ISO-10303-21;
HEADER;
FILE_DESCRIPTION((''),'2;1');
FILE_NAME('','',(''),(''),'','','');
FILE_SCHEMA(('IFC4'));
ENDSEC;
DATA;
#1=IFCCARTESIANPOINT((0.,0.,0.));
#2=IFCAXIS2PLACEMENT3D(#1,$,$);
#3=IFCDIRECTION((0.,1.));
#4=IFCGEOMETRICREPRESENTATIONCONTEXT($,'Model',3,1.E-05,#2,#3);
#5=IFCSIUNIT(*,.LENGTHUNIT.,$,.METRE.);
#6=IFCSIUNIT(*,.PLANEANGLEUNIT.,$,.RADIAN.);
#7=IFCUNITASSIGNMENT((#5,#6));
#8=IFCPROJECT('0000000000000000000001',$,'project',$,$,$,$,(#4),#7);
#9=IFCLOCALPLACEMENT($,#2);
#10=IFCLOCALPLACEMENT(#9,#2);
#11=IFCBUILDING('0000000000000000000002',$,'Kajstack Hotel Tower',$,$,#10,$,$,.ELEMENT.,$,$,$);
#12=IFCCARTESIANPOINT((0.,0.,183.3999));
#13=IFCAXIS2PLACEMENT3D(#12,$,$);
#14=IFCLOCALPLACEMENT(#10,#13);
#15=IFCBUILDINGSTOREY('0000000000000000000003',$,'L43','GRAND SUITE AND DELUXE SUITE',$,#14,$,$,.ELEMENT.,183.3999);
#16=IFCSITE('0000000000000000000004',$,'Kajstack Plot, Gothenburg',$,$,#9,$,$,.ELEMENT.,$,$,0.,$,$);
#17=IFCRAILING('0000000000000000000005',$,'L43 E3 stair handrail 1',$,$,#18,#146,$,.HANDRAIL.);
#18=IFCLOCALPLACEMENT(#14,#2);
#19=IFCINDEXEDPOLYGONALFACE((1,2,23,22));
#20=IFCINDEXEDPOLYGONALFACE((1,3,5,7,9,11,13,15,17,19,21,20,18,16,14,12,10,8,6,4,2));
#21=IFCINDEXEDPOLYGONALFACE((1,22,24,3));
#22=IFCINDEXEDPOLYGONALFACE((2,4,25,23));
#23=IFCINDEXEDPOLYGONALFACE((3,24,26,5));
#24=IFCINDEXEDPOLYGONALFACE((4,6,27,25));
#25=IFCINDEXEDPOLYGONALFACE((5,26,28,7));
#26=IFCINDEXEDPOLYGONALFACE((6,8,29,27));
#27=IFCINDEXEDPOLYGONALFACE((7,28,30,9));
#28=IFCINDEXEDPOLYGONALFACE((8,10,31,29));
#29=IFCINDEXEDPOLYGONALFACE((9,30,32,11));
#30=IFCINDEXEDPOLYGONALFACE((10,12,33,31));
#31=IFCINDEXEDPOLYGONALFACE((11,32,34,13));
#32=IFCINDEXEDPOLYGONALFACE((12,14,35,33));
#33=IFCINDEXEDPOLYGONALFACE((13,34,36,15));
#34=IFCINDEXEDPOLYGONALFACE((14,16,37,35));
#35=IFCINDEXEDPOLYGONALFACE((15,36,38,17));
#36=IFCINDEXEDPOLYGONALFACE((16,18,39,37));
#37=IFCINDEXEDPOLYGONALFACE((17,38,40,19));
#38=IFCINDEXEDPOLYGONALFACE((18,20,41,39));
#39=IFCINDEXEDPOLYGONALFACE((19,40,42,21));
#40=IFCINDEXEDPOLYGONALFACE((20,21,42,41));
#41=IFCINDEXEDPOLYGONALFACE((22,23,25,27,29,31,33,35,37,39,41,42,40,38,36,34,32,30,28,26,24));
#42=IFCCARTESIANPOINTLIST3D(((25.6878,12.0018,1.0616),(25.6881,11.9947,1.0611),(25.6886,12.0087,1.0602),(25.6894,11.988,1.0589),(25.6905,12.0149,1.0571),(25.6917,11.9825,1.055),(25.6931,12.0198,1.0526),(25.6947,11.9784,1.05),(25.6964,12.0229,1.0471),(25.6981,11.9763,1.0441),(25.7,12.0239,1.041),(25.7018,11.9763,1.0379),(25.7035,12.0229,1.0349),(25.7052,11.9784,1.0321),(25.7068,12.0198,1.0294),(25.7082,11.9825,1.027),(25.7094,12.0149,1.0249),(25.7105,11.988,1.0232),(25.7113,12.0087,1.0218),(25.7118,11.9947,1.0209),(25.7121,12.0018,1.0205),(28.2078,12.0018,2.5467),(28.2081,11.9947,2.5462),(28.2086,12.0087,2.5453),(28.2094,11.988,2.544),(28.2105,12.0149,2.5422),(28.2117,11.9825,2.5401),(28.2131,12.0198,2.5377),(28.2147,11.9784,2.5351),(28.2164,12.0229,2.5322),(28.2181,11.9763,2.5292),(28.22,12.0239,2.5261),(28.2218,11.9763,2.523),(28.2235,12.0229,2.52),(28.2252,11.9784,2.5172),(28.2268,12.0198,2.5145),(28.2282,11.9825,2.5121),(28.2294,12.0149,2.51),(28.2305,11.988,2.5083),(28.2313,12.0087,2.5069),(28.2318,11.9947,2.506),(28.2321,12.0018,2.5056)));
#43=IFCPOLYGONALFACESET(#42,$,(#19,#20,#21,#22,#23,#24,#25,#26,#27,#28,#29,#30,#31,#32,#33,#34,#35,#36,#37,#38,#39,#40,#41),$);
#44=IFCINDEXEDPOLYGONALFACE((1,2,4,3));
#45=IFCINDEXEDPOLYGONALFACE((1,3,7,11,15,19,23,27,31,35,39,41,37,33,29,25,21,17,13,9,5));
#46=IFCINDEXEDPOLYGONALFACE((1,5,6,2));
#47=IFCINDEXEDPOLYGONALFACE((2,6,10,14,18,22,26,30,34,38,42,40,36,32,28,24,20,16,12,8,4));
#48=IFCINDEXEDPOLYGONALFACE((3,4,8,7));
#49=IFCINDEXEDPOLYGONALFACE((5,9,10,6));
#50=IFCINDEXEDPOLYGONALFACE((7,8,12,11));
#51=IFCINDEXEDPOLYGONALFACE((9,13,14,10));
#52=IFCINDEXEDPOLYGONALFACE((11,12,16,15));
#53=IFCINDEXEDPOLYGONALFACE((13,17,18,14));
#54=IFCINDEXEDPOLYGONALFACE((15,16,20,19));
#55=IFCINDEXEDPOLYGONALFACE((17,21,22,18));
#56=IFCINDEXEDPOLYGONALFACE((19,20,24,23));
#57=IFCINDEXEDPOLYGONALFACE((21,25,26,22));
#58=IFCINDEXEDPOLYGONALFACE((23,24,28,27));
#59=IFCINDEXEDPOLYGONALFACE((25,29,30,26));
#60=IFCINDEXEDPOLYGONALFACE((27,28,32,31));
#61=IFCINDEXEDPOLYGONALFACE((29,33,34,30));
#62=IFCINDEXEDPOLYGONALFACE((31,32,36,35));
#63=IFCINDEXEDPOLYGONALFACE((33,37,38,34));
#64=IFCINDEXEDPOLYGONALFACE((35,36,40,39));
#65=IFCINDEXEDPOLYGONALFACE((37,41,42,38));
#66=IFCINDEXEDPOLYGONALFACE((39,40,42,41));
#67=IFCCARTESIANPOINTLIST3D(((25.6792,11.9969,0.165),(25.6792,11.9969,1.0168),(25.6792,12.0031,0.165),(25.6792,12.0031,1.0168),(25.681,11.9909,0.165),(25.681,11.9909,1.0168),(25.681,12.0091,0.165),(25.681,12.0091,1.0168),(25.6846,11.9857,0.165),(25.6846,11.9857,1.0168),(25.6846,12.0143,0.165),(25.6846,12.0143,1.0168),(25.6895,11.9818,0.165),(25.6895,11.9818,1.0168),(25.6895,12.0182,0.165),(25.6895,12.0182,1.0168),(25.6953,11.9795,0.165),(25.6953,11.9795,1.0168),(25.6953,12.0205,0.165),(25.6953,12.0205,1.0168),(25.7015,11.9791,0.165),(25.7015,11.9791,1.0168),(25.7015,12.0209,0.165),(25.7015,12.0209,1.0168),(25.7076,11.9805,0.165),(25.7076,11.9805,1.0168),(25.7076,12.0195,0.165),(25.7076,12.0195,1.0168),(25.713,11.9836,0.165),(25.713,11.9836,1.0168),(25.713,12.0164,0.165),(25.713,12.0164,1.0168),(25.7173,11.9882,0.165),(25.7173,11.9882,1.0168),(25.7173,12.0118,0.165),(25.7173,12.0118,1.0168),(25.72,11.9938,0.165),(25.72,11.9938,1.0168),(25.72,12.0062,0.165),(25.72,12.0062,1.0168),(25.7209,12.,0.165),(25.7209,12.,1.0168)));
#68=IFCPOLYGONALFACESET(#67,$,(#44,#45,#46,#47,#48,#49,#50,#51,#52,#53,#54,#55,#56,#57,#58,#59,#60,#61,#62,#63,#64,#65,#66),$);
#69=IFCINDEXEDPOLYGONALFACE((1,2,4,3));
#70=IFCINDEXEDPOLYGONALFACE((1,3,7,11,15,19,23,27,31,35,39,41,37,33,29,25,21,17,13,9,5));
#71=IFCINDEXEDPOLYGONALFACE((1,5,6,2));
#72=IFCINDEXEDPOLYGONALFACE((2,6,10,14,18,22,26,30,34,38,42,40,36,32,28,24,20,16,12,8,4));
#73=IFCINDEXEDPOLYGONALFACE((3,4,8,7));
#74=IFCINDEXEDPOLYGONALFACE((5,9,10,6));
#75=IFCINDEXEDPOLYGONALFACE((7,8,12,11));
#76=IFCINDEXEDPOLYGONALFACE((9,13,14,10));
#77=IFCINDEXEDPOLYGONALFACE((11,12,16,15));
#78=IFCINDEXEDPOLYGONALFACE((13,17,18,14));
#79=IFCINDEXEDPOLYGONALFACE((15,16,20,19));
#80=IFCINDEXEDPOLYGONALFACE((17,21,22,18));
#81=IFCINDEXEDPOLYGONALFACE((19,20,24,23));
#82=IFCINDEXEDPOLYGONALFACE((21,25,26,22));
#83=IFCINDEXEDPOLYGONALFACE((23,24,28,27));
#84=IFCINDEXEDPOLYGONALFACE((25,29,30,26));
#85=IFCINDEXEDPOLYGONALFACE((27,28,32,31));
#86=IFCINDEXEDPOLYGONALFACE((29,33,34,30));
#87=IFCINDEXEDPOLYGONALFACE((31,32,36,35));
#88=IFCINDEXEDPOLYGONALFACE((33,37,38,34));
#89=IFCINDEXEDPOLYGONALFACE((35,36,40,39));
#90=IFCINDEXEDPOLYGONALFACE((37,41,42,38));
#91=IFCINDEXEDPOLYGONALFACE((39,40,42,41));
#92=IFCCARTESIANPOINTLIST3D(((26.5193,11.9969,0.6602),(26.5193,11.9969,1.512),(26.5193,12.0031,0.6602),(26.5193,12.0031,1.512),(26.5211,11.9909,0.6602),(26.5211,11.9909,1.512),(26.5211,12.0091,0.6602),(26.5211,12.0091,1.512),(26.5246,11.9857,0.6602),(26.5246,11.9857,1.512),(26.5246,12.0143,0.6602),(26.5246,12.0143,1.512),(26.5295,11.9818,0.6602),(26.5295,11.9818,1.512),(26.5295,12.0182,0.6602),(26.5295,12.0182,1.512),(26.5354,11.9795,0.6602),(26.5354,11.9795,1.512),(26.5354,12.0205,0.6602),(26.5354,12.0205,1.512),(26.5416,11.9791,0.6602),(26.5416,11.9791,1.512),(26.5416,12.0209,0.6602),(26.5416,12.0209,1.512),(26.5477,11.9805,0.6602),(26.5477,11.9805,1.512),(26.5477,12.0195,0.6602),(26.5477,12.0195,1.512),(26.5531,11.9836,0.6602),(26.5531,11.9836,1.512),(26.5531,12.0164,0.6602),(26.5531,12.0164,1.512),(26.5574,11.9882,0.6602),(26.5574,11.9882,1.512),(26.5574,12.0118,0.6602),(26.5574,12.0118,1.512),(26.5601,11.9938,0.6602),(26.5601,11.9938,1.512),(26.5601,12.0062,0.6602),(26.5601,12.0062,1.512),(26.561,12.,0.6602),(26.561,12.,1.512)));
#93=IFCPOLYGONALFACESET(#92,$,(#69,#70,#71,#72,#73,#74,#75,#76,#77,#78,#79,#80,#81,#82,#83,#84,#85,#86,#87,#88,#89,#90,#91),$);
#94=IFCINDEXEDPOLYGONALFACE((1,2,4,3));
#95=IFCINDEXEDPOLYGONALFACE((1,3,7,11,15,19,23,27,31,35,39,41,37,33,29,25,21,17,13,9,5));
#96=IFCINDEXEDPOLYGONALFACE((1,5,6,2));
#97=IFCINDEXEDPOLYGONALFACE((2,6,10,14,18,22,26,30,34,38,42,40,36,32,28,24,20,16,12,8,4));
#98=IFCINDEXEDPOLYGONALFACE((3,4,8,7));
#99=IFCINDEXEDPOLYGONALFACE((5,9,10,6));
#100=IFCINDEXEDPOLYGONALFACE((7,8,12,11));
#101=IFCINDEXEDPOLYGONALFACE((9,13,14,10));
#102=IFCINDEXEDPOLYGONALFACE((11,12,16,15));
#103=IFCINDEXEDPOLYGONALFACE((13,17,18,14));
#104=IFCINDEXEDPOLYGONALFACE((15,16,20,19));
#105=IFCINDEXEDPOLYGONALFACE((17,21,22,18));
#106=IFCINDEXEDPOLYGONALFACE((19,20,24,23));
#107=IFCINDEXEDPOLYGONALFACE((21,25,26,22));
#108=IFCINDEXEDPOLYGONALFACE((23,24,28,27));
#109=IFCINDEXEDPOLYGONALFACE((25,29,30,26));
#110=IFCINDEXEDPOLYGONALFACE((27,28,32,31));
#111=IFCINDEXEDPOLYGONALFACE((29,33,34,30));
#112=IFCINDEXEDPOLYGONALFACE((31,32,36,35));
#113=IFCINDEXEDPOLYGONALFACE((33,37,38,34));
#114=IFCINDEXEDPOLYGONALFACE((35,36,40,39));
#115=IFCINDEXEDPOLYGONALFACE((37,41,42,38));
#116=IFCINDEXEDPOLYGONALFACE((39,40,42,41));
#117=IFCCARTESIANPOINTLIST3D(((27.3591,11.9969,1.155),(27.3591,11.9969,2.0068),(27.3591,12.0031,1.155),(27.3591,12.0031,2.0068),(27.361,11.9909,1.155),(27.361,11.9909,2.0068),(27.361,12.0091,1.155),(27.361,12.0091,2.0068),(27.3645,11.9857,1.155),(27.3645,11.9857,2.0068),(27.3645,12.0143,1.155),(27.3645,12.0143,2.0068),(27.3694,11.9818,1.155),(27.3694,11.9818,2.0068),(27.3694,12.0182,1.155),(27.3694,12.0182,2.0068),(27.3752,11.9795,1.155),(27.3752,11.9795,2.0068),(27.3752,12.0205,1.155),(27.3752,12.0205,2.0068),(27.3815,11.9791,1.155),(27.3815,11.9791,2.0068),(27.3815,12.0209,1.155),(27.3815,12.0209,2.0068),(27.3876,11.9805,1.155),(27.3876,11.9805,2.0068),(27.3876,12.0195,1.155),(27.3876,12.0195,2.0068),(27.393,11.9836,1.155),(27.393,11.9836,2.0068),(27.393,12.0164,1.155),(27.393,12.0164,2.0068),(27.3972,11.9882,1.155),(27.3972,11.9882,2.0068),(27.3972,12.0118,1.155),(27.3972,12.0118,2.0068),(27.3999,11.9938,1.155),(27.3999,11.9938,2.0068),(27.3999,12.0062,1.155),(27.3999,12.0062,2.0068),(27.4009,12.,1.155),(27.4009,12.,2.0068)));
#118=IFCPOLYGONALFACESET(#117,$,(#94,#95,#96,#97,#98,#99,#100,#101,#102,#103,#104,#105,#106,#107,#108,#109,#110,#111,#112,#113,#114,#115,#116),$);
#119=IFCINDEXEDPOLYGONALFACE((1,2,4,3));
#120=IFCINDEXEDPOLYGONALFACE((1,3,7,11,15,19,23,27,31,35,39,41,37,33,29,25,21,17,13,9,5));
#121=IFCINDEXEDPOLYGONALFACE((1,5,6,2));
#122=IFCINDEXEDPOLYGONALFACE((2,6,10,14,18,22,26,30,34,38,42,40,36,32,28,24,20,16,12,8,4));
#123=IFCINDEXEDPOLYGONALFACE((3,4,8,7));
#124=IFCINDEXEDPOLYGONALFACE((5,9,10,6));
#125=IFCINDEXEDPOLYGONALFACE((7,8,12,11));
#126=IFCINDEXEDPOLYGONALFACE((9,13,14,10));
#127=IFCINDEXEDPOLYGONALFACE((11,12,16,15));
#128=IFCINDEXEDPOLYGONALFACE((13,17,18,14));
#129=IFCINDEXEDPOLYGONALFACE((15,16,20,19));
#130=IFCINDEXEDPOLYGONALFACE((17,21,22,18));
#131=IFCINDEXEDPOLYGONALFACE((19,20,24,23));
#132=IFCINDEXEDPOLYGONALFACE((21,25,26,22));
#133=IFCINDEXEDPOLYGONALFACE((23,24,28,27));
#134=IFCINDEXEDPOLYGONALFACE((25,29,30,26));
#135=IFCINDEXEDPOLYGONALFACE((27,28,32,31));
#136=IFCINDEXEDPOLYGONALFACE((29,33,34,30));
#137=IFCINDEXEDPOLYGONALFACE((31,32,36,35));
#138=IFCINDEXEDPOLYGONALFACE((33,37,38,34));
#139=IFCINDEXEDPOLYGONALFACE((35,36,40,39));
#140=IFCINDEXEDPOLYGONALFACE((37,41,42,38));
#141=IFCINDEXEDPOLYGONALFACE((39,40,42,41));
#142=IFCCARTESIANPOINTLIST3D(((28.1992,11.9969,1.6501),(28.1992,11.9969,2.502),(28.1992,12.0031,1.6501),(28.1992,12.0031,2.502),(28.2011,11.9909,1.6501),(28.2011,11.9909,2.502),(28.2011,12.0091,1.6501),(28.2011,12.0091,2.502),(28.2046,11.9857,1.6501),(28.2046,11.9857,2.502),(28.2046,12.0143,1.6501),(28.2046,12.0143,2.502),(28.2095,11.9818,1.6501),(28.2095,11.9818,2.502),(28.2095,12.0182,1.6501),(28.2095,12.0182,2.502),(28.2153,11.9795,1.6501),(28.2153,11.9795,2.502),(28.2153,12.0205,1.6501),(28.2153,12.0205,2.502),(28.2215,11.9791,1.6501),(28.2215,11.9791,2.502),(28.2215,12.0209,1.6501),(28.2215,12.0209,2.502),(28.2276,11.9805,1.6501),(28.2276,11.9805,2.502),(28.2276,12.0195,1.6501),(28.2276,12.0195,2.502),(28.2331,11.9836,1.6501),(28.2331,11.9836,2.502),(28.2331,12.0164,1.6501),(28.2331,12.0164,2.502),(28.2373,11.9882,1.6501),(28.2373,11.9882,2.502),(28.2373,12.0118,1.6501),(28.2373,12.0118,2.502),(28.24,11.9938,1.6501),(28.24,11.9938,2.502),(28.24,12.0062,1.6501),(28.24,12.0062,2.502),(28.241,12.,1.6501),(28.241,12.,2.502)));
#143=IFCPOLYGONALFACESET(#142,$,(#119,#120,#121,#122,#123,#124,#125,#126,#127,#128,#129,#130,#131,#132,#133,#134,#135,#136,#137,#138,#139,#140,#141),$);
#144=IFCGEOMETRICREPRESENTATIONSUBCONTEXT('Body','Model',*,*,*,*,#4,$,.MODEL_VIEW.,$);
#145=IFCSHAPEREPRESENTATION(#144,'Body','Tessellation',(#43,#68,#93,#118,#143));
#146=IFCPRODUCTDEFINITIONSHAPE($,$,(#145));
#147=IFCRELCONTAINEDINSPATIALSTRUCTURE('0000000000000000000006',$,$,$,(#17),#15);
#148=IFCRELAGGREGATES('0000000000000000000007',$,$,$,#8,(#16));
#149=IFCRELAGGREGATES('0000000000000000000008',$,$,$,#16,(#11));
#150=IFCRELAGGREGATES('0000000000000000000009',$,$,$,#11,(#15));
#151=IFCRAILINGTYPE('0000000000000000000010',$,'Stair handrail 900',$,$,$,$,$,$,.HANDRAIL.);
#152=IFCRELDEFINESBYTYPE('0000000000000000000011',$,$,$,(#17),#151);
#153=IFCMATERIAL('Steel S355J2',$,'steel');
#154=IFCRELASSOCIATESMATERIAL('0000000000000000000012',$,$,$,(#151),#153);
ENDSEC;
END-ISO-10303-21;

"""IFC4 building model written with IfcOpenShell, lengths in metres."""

from ifc_helpers import new_model, si_unit, direction, frame, origin, origin_2d, place, context, subcontext, project, spatial, circle, extrude, material, type_object, element, save


model = new_model("IFC4")

# Units and contexts
model_context = context("Model", 3, precision=1e-05, world=origin(), true_north=direction((0.0, 1.0)))
body_context = subcontext(model_context, "Body", "Model", "MODEL_VIEW")
ifc_project = project(units=[si_unit("LENGTHUNIT", "METRE"), si_unit("PLANEANGLEUNIT", "RADIAN")], contexts=[model_context])

# Site, building, storey
site_placement = place(None, origin())
site = spatial("IfcSite", under=ifc_project, at=site_placement, Name="Kajstack Plot, Gothenburg", CompositionType="ELEMENT", RefElevation=0.0)
building_placement = place(site_placement, origin())
building = spatial("IfcBuilding", under=site, at=building_placement, Name="Kajstack Hotel Tower", CompositionType="ELEMENT")
storey_placement = place(building_placement, frame((0.0, 0.0, 183.3999)))
storey = spatial("IfcBuildingStorey", under=building, at=storey_placement, Name="L43", Description="GRAND SUITE AND DELUXE SUITE", CompositionType="ELEMENT", Elevation=183.3999)

# Railing
ifc_material_1 = material(Name="Steel S355J2", Category="steel")
railing_type_1 = type_object("IfcRailingType", Name="Stair handrail 900", PredefinedType="HANDRAIL", material=ifc_material_1)
railing_1_placement = place(storey_placement, frame((25.7, 12.0, 0.165)))
element("IfcRailing", 1, at=railing_1_placement, inside=storey, type_object=railing_type_1, Name="L43 E3 stair handrail 1", PredefinedType="HANDRAIL", context=body_context, shape_type="SweptSolid", body=[
    extrude(circle(Radius=0.0239, at=origin_2d()), frame((0.0, 0.0, 0.876), z_axis=(0.861524, 0.0, 0.507717), x_axis=(0.0, 1.0, 0.0)), (0.0, 0.0, 1.0), 2.925),
    extrude(circle(Radius=0.021, at=origin_2d()), origin(), (0.0, 0.0, 1.0), 0.8518),
    extrude(circle(Radius=0.021, at=origin_2d()), frame((0.8401, 0.0, 0.4951)), (0.0, 0.0, 1.0), 0.8518),
    extrude(circle(Radius=0.021, at=origin_2d()), frame((1.6799, 0.0, 0.99)), (0.0, 0.0, 1.0), 0.8518),
    extrude(circle(Radius=0.021, at=origin_2d()), frame((2.52, 0.0, 1.4851)), (0.0, 0.0, 1.0), 0.8518),
])

save(model, "model.ifc")
